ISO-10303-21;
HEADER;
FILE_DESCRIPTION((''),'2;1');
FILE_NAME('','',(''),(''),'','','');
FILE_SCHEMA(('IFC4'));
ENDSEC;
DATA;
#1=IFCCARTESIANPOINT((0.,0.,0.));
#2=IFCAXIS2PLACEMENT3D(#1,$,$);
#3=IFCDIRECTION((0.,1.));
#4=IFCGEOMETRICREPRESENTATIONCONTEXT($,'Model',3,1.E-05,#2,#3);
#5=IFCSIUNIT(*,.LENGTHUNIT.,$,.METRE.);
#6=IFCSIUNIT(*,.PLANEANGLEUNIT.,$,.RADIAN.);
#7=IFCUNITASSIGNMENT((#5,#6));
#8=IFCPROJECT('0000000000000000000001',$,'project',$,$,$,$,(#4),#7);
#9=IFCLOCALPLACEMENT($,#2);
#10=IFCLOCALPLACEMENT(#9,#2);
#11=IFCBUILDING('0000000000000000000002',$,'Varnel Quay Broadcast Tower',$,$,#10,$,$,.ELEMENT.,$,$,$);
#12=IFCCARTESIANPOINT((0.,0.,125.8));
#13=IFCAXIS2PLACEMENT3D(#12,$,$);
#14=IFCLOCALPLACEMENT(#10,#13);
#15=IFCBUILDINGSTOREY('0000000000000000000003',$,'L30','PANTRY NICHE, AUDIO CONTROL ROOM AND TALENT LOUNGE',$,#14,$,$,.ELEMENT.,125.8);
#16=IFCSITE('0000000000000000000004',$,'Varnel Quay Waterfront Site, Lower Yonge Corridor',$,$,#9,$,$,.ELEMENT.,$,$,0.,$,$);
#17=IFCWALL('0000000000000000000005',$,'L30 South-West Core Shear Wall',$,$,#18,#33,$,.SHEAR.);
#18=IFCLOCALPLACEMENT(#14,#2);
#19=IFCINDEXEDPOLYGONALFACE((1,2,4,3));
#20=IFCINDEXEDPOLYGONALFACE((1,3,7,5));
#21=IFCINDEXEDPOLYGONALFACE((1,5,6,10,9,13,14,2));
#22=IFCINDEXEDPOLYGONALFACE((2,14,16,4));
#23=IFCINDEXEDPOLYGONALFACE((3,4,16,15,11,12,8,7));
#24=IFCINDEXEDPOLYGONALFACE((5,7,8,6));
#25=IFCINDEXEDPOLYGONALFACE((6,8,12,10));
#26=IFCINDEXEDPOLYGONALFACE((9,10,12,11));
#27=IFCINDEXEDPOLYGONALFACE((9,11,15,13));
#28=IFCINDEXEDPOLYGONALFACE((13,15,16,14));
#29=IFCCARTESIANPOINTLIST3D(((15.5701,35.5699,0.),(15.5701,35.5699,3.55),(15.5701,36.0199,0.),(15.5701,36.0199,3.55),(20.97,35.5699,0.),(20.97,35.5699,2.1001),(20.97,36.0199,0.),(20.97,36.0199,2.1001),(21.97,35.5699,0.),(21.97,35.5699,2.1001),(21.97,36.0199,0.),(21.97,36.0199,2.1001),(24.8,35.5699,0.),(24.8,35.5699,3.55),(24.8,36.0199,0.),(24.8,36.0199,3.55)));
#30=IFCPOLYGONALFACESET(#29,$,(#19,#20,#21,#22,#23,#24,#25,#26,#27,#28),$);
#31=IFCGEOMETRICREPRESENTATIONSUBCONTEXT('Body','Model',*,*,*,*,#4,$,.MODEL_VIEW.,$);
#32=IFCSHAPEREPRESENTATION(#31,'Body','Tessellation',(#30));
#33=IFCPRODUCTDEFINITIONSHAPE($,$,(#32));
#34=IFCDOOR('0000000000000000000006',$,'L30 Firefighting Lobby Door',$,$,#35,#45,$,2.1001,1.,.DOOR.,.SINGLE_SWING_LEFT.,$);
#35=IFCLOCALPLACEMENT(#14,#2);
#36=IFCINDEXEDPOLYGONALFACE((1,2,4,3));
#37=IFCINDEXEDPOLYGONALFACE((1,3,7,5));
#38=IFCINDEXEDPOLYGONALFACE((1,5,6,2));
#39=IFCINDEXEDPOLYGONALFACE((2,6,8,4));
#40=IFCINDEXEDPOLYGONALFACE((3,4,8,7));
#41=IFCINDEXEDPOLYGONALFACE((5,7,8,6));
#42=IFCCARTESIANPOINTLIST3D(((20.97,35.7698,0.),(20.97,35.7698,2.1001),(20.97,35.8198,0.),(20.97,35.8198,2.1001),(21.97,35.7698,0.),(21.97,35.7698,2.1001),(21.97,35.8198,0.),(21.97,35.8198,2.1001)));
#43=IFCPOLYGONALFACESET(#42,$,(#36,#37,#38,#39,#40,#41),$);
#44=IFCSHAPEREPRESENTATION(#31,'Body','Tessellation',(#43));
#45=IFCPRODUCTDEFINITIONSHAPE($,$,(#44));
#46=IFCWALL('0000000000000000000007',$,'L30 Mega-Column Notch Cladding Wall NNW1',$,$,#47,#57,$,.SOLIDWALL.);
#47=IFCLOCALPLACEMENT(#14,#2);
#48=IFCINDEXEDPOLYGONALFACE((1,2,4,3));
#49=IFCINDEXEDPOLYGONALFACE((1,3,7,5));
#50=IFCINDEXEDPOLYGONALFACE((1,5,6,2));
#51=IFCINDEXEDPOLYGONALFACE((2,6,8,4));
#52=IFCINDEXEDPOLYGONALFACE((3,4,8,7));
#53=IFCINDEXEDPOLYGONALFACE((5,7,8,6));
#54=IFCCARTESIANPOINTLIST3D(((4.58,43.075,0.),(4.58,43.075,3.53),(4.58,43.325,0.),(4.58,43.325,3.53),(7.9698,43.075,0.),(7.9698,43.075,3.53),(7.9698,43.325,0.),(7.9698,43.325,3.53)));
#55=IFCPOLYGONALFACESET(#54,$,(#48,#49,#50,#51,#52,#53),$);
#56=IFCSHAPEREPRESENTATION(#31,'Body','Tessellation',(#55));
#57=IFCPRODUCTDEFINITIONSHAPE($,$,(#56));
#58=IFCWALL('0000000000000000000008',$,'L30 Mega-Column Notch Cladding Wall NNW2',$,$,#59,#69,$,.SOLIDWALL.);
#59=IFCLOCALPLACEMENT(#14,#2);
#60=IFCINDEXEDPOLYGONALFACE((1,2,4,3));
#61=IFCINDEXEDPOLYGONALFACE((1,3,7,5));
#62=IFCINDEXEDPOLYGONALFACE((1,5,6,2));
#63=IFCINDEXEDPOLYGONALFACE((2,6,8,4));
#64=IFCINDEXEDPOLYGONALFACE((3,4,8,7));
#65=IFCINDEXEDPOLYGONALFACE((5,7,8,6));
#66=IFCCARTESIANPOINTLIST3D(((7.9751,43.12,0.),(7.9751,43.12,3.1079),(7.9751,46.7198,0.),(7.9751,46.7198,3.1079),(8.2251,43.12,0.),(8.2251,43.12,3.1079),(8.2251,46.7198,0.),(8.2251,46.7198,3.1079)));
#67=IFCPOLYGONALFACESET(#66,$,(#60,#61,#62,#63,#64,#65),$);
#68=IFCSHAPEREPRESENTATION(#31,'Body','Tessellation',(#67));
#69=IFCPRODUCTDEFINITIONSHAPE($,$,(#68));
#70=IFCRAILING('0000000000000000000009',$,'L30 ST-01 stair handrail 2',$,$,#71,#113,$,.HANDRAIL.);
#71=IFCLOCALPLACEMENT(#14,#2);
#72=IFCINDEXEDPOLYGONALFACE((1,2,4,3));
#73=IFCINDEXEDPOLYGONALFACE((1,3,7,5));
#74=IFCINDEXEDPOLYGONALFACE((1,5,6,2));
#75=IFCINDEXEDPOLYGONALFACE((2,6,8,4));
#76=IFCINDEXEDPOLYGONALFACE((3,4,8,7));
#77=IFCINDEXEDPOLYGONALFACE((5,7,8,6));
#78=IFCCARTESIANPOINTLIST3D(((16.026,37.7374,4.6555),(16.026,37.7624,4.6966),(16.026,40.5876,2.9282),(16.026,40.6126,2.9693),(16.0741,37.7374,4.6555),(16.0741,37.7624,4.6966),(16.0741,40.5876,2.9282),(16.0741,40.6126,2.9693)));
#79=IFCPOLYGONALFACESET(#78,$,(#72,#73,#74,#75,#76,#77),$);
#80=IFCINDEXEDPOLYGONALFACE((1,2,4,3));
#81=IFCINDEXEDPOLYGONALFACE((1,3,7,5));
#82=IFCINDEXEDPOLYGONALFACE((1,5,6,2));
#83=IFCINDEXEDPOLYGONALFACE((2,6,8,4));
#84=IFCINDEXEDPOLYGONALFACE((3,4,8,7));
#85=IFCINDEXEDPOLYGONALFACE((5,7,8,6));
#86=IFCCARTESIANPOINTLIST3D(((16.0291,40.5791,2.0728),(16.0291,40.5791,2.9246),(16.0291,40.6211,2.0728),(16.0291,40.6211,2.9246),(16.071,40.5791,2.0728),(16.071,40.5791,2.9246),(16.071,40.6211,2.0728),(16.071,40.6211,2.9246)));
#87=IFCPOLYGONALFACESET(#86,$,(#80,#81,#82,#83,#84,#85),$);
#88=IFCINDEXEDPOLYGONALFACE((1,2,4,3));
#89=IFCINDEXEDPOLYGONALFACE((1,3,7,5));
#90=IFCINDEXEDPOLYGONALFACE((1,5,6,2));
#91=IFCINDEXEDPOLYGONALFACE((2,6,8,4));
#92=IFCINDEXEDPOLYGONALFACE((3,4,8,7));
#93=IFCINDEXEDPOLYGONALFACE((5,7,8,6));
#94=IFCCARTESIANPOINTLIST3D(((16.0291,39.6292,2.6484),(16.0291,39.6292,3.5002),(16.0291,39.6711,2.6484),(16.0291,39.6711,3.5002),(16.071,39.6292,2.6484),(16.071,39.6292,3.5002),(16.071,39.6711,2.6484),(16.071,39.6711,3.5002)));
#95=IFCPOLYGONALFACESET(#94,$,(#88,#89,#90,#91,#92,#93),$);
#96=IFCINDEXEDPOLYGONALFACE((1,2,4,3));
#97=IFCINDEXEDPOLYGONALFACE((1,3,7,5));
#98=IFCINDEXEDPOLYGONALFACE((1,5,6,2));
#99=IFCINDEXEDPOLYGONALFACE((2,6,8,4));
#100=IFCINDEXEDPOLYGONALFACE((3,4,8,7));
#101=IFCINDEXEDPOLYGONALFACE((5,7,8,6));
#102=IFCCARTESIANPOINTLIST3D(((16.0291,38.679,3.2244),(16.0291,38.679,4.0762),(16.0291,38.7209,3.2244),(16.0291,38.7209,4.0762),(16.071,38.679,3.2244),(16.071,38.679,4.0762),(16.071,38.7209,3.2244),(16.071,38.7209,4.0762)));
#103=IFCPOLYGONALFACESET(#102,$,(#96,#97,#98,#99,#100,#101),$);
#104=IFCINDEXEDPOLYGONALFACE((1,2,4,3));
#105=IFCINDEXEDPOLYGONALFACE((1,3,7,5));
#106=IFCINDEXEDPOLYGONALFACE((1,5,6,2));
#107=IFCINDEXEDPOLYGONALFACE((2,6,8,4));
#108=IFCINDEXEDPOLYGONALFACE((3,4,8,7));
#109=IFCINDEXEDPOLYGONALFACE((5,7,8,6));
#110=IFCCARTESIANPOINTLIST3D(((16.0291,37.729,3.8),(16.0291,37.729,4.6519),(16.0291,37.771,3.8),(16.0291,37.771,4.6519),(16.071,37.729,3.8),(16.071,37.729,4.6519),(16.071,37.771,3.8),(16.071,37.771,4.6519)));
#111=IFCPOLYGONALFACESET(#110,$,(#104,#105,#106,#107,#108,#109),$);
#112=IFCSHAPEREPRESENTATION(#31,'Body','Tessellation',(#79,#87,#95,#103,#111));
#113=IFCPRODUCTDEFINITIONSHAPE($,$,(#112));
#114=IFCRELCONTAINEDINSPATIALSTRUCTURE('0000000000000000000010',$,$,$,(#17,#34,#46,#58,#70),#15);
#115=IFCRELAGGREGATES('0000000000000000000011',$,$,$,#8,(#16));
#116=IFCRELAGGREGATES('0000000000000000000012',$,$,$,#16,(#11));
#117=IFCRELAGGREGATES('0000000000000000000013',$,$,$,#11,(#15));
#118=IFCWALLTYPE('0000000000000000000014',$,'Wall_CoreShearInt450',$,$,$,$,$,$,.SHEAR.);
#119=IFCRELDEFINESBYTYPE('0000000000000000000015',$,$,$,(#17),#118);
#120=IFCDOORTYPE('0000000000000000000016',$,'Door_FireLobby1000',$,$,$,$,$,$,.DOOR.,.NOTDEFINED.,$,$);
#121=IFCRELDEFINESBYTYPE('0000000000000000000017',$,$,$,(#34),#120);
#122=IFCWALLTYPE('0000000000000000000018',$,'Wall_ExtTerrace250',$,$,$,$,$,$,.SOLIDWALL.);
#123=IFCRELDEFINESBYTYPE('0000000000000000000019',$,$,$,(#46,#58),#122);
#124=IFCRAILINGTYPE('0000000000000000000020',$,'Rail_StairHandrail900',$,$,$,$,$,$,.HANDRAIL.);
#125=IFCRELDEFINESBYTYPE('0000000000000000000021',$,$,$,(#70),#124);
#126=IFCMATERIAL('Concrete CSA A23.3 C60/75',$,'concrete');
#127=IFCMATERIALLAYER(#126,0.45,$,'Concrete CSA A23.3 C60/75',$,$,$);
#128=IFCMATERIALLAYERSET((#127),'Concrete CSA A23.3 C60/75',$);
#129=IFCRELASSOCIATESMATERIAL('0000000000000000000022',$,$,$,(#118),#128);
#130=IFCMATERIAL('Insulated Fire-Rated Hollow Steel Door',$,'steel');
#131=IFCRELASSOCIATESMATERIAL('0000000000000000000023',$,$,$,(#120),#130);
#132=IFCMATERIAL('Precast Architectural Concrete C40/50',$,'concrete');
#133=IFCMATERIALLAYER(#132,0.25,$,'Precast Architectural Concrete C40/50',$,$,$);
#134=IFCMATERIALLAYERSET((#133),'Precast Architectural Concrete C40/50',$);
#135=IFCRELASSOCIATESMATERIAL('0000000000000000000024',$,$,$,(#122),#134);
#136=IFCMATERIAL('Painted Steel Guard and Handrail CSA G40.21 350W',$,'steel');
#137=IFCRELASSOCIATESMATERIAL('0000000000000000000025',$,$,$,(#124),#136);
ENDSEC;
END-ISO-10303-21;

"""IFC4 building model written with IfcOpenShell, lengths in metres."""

from ifc_helpers import new_model, si_unit, direction, frame, frame_2d, origin, origin_2d, place, context, subcontext, project, spatial, rectangle, extrude, source, transform, mapped, material, layer, layer_set, type_object, type_shapes, element, fill, save


model = new_model("IFC4")

# Units and contexts
model_context = context("Model", 3, precision=1e-05, world=origin(), true_north=direction((0.0, 1.0)))
body_context = subcontext(model_context, "Body", "Model", "MODEL_VIEW")
ifc_project = project(units=[si_unit("LENGTHUNIT", "METRE"), si_unit("PLANEANGLEUNIT", "RADIAN")], contexts=[model_context])

# Site, building, storey
site_placement = place(None, origin())
site = spatial("IfcSite", under=ifc_project, at=site_placement, Name="Varnel Quay Waterfront Site, Lower Yonge Corridor", CompositionType="ELEMENT", RefElevation=0.0)
building_placement = place(site_placement, origin())
building = spatial("IfcBuilding", under=site, at=building_placement, Name="Varnel Quay Broadcast Tower", CompositionType="ELEMENT")
storey_placement = place(building_placement, frame((0.0, 0.0, 125.8)))
storey = spatial("IfcBuildingStorey", under=building, at=storey_placement, Name="L30", Description="PANTRY NICHE, AUDIO CONTROL ROOM AND TALENT LOUNGE", CompositionType="ELEMENT", Elevation=125.8)

# Shared definitions
ifc_material_1 = material(Name="Concrete CSA A23.3 C60/75", Category="concrete")

# Wall, opening, door
ifc_layer_1 = layer(ifc_material_1, 0.45, Name="Concrete CSA A23.3 C60/75")
ifc_layer_set_1 = layer_set([ifc_layer_1], Name="Concrete CSA A23.3 C60/75")
wall_type_1 = type_object("IfcWallType", Name="Wall_CoreShearInt450", PredefinedType="SHEAR", material=ifc_layer_set_1)
wall_1_placement = place(storey_placement, frame((15.5701, 35.7949, 0.0), z_axis=(0.0, 0.0, 1.0), x_axis=(1.0, 0.0, 0.0)))
wall_1 = element("IfcWall", 1, at=wall_1_placement, inside=storey, type_object=wall_type_1, Name="L30 South-West Core Shear Wall", PredefinedType="SHEAR", context=body_context, shape_type="SweptSolid", body=[
    extrude(rectangle(XDim=9.23, YDim=0.45, at=frame_2d((4.615, 0.0))), origin(), (0.0, 0.0, 1.0), 3.55),
])
opening_placement = place(wall_1_placement, frame((5.3999, 0.0, 0.0)))
opening = element("IfcOpeningElement", 2, at=opening_placement, cuts=wall_1, PredefinedType="OPENING", context=body_context, shape_type="SweptSolid", body=[
    extrude(rectangle(XDim=1.0, YDim=2.1001, at=frame_2d((0.5, 1.05))), frame((0.0, 0.2349, 0.0), z_axis=(0.0, -1.0, 0.0), x_axis=(1.0, 0.0, 0.0)), (0.0, 0.0, 1.0), 0.47),
])
ifc_material_2 = material(Name="Insulated Fire-Rated Hollow Steel Door", Category="steel")
door_type = type_object("IfcDoorType", Name="Door_FireLobby1000", OperationType="NOTDEFINED", PredefinedType="DOOR", material=ifc_material_2)
shared_shape_1 = source(origin(), body_context, "Body", "SweptSolid", [
    extrude(rectangle(XDim=1.0, YDim=2.1001, at=frame_2d((0.5, 1.05))), frame((0.0, 0.0249, 0.0), z_axis=(0.0, -1.0, 0.0), x_axis=(1.0, 0.0, 0.0)), (0.0, 0.0, 1.0), 0.05),
])
type_shapes(door_type, [shared_shape_1])
door_placement = place(opening_placement, origin())
door = element("IfcDoor", 3, at=door_placement, inside=storey, type_object=door_type, Name="L30 Firefighting Lobby Door", OperationType="SINGLE_SWING_LEFT", OverallHeight=2.1001, OverallWidth=1.0, PredefinedType="DOOR", context=body_context, shape_type="MappedRepresentation", body=[
    mapped(shared_shape_1, transform((0.0, 0.0, 0.0), x_axis=(1.0, 0.0, 0.0), y_axis=(0.0, 1.0, 0.0), z_axis=(0.0, 0.0, 1.0), scale=1.0)),
])
fill(opening, door)

# Walls
ifc_material_3 = material(Name="Precast Architectural Concrete C40/50", Category="concrete")
ifc_layer_2 = layer(ifc_material_3, 0.25, Name="Precast Architectural Concrete C40/50")
ifc_layer_set_2 = layer_set([ifc_layer_2], Name="Precast Architectural Concrete C40/50")
wall_type_2 = type_object("IfcWallType", Name="Wall_ExtTerrace250", PredefinedType="SOLIDWALL", material=ifc_layer_set_2)
wall_2_placement = place(storey_placement, frame((4.5801, 43.2, 0.0), z_axis=(0.0, 0.0, 1.0), x_axis=(1.0, 0.0, 0.0)))
element("IfcWall", 4, at=wall_2_placement, inside=storey, type_object=wall_type_2, Name="L30 Mega-Column Notch Cladding Wall NNW1", PredefinedType="SOLIDWALL", context=body_context, shape_type="SweptSolid", body=[
    extrude(rectangle(XDim=3.3899, YDim=0.25, at=frame_2d((1.6948, 0.0))), origin(), (0.0, 0.0, 1.0), 3.53),
])
wall_3_placement = place(storey_placement, frame((8.1001, 43.1201, 0.0), z_axis=(0.0, 0.0, 1.0), x_axis=(0.0, 1.0, 0.0)))
element("IfcWall", 5, at=wall_3_placement, inside=storey, type_object=wall_type_2, Name="L30 Mega-Column Notch Cladding Wall NNW2", PredefinedType="SOLIDWALL", context=body_context, shape_type="SweptSolid", body=[
    extrude(rectangle(XDim=3.5999, YDim=0.25, at=frame_2d((1.7998, 0.0))), origin(), (0.0, 0.0, 1.0), 3.1079),
])

# Railing
ifc_material_4 = material(Name="Painted Steel Guard and Handrail CSA G40.21 350W", Category="steel")
railing_type = type_object("IfcRailingType", Name="Rail_StairHandrail900", PredefinedType="HANDRAIL", material=ifc_material_4)
railing_placement = place(storey_placement, frame((16.05, 40.6001, 2.0728)))
element("IfcRailing", 6, at=railing_placement, inside=storey, type_object=railing_type, Name="L30 ST-01 stair handrail 2", PredefinedType="HANDRAIL", context=body_context, shape_type="SweptSolid", body=[
    extrude(rectangle(XDim=0.0481, YDim=0.0481, at=origin_2d()), frame((0.0, 0.0, 0.876), z_axis=(0.0, -0.855203, 0.518294), x_axis=(1.0, 0.0, 0.0)), (0.0, 0.0, 1.0), 3.3328),
    extrude(rectangle(XDim=0.042, YDim=0.042, at=origin_2d()), origin(), (0.0, 0.0, 1.0), 0.8518),
    extrude(rectangle(XDim=0.042, YDim=0.042, at=origin_2d()), frame((0.0, -0.95, 0.5757)), (0.0, 0.0, 1.0), 0.8518),
    extrude(rectangle(XDim=0.042, YDim=0.042, at=origin_2d()), frame((0.0, -1.9001, 1.1516)), (0.0, 0.0, 1.0), 0.8518),
    extrude(rectangle(XDim=0.042, YDim=0.042, at=origin_2d()), frame((0.0, -2.8501, 1.7273)), (0.0, 0.0, 1.0), 0.8518),
])

save(model, "model.ifc")
